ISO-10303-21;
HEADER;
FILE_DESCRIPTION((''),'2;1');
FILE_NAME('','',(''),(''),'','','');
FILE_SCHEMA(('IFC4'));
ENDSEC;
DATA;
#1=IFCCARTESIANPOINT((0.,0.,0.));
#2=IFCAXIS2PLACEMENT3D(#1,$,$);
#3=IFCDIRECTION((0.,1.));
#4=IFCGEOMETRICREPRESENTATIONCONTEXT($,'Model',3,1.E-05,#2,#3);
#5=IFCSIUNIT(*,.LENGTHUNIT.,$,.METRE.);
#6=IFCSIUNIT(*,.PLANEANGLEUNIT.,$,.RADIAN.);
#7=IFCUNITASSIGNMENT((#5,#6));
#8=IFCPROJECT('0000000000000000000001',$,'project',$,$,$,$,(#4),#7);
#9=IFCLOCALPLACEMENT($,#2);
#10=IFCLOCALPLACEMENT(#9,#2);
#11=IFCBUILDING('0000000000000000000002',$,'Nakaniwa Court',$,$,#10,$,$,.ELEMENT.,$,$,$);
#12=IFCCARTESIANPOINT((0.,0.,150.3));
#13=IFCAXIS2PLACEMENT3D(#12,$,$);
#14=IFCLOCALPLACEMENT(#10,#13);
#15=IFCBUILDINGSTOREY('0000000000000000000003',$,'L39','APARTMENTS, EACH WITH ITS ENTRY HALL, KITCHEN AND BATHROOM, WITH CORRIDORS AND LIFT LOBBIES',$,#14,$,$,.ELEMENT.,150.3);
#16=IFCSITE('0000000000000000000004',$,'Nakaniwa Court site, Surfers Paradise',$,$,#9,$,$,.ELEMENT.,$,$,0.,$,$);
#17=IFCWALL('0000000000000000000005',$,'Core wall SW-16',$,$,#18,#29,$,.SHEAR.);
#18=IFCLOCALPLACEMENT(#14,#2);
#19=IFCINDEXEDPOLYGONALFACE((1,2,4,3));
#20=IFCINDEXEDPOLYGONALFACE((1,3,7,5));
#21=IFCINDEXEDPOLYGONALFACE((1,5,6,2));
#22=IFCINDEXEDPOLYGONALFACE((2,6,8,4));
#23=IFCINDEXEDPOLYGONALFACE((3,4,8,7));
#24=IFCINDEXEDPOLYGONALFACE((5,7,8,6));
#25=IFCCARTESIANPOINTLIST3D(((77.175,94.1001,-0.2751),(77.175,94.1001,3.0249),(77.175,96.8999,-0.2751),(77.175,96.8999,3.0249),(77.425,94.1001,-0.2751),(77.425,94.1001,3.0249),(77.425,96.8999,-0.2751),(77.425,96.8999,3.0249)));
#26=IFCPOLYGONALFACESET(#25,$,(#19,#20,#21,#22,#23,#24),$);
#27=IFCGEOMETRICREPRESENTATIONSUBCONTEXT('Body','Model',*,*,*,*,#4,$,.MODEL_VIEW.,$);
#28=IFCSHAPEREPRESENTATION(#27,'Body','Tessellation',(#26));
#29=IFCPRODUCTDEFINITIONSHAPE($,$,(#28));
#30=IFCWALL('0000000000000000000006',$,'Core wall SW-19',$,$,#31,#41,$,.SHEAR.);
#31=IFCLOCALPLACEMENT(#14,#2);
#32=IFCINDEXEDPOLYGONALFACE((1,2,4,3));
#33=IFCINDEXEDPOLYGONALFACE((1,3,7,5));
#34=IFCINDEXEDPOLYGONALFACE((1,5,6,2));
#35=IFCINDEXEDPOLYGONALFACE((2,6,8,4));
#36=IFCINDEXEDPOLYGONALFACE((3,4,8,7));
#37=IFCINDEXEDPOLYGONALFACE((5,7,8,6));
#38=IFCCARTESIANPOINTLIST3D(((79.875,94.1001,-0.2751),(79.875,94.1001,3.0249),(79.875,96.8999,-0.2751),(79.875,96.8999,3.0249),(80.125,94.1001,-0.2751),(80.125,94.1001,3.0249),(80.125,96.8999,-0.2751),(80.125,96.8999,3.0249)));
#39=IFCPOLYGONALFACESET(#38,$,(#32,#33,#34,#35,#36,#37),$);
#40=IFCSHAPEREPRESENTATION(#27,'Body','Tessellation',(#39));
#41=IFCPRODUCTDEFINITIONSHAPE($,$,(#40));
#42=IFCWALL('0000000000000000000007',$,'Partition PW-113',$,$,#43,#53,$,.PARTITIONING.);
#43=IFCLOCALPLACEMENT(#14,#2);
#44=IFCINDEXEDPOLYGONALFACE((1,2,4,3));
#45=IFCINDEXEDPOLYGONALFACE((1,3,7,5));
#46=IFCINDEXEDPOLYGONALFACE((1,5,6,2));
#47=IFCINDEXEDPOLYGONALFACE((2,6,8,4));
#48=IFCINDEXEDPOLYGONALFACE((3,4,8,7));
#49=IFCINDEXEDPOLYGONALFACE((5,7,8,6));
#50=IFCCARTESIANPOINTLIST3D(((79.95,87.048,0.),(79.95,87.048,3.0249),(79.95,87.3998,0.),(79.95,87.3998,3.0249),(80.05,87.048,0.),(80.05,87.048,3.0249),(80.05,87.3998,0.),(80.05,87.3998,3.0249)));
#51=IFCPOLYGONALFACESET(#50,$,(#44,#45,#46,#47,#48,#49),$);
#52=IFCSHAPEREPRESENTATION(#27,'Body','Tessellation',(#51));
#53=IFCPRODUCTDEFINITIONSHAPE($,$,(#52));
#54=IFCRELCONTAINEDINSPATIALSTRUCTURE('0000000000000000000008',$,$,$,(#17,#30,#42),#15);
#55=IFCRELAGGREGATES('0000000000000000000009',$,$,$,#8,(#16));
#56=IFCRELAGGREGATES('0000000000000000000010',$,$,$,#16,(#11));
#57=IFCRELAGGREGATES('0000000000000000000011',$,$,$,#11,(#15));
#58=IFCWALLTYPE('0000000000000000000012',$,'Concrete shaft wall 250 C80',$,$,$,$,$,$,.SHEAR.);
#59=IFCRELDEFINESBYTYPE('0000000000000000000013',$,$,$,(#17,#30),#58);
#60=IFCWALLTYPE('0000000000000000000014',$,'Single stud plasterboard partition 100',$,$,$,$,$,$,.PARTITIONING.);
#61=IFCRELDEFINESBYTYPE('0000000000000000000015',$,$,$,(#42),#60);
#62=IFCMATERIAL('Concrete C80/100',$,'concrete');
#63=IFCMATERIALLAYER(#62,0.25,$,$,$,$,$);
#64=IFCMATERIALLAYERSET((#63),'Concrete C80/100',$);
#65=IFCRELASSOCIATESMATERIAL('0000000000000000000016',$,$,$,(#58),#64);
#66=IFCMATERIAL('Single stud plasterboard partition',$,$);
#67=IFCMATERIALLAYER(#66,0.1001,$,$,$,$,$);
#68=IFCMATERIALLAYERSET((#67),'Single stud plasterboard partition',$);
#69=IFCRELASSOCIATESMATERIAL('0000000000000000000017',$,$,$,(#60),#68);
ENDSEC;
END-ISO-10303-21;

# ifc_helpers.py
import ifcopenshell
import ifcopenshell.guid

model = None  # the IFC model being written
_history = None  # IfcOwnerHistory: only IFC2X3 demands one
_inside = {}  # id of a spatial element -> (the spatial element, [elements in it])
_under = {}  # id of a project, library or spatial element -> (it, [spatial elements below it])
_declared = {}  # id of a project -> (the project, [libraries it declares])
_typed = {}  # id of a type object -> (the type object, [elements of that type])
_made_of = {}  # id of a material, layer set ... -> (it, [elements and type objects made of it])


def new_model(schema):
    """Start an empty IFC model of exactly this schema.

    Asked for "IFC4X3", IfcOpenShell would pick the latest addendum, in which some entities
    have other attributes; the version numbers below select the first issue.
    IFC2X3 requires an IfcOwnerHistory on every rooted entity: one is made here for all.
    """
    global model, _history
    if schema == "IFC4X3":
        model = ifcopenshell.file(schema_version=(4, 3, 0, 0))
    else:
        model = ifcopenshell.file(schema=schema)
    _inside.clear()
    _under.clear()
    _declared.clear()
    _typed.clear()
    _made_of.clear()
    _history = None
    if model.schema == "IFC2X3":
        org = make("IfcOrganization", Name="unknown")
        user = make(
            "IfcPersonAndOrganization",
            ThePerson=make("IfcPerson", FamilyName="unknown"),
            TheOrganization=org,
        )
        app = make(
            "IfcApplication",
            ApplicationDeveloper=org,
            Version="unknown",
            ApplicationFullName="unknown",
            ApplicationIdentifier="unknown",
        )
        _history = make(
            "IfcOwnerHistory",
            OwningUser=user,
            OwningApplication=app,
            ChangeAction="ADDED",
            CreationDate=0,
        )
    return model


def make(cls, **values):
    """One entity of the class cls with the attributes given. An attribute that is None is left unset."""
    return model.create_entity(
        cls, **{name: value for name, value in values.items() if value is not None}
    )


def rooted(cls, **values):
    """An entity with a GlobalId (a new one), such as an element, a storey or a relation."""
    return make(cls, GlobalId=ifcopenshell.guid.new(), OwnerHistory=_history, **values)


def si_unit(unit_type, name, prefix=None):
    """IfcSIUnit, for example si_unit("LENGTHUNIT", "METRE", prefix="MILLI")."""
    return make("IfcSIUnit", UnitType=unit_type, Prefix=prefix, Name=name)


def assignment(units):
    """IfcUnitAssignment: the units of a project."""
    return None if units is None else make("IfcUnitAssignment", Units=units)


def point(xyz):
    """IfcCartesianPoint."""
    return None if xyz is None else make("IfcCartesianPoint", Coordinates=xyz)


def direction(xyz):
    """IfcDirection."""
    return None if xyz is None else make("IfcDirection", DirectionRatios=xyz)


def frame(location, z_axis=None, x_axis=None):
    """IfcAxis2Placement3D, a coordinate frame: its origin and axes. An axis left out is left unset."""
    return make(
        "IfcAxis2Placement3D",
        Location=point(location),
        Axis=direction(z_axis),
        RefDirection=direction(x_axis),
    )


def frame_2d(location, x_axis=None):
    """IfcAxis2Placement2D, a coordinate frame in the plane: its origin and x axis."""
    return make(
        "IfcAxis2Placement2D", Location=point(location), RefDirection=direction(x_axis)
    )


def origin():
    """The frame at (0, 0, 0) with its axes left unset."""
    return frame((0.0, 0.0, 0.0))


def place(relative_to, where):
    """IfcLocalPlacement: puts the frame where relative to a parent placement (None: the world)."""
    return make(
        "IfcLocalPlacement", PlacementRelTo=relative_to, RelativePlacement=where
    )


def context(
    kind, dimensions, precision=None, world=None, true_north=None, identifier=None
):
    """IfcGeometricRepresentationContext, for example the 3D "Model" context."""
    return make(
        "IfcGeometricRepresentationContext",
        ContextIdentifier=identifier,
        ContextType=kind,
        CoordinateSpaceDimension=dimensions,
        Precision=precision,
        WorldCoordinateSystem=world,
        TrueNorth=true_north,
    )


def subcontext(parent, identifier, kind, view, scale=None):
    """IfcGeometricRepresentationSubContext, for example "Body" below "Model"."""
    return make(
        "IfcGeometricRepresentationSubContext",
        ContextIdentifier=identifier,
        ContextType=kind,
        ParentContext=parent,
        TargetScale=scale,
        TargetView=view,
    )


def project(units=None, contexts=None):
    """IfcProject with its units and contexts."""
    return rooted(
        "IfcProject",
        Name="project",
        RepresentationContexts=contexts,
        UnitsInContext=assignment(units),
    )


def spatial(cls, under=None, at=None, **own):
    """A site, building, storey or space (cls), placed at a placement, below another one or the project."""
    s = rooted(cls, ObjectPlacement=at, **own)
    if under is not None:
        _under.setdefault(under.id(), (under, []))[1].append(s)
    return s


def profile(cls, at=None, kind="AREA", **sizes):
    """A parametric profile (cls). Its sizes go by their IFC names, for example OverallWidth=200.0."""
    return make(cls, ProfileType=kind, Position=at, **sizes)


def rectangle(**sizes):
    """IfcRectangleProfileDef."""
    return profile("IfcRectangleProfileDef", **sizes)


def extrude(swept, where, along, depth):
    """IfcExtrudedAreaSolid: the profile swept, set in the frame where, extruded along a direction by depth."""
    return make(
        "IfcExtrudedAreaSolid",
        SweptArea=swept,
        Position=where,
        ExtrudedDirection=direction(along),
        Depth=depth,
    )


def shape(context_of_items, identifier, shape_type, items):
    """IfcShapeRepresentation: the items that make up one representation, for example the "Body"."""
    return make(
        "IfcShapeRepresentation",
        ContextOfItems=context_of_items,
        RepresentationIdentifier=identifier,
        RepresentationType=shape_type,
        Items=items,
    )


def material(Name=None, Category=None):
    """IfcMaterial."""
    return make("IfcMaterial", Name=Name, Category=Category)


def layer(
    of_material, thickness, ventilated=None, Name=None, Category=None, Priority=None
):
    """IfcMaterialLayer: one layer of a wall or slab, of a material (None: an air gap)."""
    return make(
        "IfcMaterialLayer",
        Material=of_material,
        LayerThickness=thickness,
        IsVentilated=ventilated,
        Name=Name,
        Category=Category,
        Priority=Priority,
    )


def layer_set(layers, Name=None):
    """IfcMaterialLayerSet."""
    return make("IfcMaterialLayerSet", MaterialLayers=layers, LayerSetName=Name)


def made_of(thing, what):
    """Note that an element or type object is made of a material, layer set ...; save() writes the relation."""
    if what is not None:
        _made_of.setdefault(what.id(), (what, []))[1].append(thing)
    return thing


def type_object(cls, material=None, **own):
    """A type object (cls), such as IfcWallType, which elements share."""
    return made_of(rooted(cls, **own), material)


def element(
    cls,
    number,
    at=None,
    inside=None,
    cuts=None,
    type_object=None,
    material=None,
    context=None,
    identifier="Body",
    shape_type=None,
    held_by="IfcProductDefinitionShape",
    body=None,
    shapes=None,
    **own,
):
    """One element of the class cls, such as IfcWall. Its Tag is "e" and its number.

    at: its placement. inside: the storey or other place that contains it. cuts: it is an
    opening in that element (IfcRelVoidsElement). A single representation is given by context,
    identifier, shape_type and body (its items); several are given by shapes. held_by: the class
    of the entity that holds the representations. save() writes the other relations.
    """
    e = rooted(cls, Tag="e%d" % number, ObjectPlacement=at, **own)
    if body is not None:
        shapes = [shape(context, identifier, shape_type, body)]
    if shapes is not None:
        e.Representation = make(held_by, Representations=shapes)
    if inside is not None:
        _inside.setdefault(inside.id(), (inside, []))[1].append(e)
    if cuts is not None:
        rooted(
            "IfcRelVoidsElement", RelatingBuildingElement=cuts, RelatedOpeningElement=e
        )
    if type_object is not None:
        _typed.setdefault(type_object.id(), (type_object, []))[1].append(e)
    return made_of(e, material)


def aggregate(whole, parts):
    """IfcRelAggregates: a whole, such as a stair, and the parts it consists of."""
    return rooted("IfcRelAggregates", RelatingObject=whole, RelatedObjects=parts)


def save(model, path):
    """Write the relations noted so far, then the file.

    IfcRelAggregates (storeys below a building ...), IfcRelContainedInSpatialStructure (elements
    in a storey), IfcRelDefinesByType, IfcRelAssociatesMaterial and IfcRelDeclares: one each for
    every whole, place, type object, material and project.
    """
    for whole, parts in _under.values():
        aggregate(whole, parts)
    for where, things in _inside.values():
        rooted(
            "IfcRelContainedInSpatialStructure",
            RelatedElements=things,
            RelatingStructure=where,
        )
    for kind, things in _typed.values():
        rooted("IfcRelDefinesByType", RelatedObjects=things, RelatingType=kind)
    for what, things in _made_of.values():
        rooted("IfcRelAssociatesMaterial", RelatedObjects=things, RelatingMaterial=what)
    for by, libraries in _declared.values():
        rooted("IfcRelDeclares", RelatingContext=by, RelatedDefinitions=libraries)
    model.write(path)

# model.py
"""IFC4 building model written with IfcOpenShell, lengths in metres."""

from ifc_helpers import new_model, si_unit, direction, frame, frame_2d, origin, place, context, subcontext, project, spatial, rectangle, extrude, material, layer, layer_set, type_object, element, save


model = new_model("IFC4")

# Units and contexts
model_context = context("Model", 3, precision=1e-05, world=origin(), true_north=direction((0.0, 1.0)))
body_context = subcontext(model_context, "Body", "Model", "MODEL_VIEW")
ifc_project = project(units=[si_unit("LENGTHUNIT", "METRE"), si_unit("PLANEANGLEUNIT", "RADIAN")], contexts=[model_context])

# Site, building, storey
site_placement = place(None, origin())
site = spatial("IfcSite", under=ifc_project, at=site_placement, Name="Nakaniwa Court site, Surfers Paradise", CompositionType="ELEMENT", RefElevation=0.0)
building_placement = place(site_placement, origin())
building = spatial("IfcBuilding", under=site, at=building_placement, Name="Nakaniwa Court", CompositionType="ELEMENT")
storey_placement = place(building_placement, frame((0.0, 0.0, 150.3)))
storey = spatial("IfcBuildingStorey", under=building, at=storey_placement, Name="L39", Description="APARTMENTS, EACH WITH ITS ENTRY HALL, KITCHEN AND BATHROOM, WITH CORRIDORS AND LIFT LOBBIES", CompositionType="ELEMENT", Elevation=150.3)

# Shared definitions
ifc_material_1 = material(Name="Concrete C80/100", Category="concrete")

# Walls
ifc_layer_1 = layer(ifc_material_1, 0.25)
ifc_layer_set_1 = layer_set([ifc_layer_1], Name="Concrete C80/100")
wall_type_1 = type_object("IfcWallType", Name="Concrete shaft wall 250 C80", PredefinedType="SHEAR", material=ifc_layer_set_1)
for number, where, z_axis, x_axis, name in (
    (1, (77.3, 94.1001, -0.2751), (0.0, 0.0, 1.0), (0.0, 1.0, 0.0), "Core wall SW-16"),
    (2, (80.0, 94.1001, -0.2751), (0.0, 0.0, 1.0), (0.0, 1.0, 0.0), "Core wall SW-19"),
):
    element("IfcWall", number, at=place(storey_placement, frame(where, z_axis=z_axis, x_axis=x_axis)), inside=storey, type_object=wall_type_1, Name=name, PredefinedType="SHEAR", context=body_context, shape_type="SweptSolid", body=[
        extrude(rectangle(XDim=2.7998, YDim=0.25, at=frame_2d((1.3999, 0.0))), origin(), (0.0, 0.0, 1.0), 3.3),
    ])
ifc_material_2 = material(Name="Single stud plasterboard partition")
ifc_layer_2 = layer(ifc_material_2, 0.1001)
ifc_layer_set_2 = layer_set([ifc_layer_2], Name="Single stud plasterboard partition")
wall_type_2 = type_object("IfcWallType", Name="Single stud plasterboard partition 100", PredefinedType="PARTITIONING", material=ifc_layer_set_2)
wall_1_placement = place(storey_placement, frame((80.0, 87.0481, 0.0), z_axis=(0.0, 0.0, 1.0), x_axis=(0.0, 1.0, 0.0)))
element("IfcWall", 3, at=wall_1_placement, inside=storey, type_object=wall_type_2, Name="Partition PW-113", PredefinedType="PARTITIONING", context=body_context, shape_type="SweptSolid", body=[
    extrude(rectangle(XDim=0.3518, YDim=0.1001, at=frame_2d((0.1758, 0.0))), origin(), (0.0, 0.0, 1.0), 3.0249),
])

save(model, "model.ifc")
